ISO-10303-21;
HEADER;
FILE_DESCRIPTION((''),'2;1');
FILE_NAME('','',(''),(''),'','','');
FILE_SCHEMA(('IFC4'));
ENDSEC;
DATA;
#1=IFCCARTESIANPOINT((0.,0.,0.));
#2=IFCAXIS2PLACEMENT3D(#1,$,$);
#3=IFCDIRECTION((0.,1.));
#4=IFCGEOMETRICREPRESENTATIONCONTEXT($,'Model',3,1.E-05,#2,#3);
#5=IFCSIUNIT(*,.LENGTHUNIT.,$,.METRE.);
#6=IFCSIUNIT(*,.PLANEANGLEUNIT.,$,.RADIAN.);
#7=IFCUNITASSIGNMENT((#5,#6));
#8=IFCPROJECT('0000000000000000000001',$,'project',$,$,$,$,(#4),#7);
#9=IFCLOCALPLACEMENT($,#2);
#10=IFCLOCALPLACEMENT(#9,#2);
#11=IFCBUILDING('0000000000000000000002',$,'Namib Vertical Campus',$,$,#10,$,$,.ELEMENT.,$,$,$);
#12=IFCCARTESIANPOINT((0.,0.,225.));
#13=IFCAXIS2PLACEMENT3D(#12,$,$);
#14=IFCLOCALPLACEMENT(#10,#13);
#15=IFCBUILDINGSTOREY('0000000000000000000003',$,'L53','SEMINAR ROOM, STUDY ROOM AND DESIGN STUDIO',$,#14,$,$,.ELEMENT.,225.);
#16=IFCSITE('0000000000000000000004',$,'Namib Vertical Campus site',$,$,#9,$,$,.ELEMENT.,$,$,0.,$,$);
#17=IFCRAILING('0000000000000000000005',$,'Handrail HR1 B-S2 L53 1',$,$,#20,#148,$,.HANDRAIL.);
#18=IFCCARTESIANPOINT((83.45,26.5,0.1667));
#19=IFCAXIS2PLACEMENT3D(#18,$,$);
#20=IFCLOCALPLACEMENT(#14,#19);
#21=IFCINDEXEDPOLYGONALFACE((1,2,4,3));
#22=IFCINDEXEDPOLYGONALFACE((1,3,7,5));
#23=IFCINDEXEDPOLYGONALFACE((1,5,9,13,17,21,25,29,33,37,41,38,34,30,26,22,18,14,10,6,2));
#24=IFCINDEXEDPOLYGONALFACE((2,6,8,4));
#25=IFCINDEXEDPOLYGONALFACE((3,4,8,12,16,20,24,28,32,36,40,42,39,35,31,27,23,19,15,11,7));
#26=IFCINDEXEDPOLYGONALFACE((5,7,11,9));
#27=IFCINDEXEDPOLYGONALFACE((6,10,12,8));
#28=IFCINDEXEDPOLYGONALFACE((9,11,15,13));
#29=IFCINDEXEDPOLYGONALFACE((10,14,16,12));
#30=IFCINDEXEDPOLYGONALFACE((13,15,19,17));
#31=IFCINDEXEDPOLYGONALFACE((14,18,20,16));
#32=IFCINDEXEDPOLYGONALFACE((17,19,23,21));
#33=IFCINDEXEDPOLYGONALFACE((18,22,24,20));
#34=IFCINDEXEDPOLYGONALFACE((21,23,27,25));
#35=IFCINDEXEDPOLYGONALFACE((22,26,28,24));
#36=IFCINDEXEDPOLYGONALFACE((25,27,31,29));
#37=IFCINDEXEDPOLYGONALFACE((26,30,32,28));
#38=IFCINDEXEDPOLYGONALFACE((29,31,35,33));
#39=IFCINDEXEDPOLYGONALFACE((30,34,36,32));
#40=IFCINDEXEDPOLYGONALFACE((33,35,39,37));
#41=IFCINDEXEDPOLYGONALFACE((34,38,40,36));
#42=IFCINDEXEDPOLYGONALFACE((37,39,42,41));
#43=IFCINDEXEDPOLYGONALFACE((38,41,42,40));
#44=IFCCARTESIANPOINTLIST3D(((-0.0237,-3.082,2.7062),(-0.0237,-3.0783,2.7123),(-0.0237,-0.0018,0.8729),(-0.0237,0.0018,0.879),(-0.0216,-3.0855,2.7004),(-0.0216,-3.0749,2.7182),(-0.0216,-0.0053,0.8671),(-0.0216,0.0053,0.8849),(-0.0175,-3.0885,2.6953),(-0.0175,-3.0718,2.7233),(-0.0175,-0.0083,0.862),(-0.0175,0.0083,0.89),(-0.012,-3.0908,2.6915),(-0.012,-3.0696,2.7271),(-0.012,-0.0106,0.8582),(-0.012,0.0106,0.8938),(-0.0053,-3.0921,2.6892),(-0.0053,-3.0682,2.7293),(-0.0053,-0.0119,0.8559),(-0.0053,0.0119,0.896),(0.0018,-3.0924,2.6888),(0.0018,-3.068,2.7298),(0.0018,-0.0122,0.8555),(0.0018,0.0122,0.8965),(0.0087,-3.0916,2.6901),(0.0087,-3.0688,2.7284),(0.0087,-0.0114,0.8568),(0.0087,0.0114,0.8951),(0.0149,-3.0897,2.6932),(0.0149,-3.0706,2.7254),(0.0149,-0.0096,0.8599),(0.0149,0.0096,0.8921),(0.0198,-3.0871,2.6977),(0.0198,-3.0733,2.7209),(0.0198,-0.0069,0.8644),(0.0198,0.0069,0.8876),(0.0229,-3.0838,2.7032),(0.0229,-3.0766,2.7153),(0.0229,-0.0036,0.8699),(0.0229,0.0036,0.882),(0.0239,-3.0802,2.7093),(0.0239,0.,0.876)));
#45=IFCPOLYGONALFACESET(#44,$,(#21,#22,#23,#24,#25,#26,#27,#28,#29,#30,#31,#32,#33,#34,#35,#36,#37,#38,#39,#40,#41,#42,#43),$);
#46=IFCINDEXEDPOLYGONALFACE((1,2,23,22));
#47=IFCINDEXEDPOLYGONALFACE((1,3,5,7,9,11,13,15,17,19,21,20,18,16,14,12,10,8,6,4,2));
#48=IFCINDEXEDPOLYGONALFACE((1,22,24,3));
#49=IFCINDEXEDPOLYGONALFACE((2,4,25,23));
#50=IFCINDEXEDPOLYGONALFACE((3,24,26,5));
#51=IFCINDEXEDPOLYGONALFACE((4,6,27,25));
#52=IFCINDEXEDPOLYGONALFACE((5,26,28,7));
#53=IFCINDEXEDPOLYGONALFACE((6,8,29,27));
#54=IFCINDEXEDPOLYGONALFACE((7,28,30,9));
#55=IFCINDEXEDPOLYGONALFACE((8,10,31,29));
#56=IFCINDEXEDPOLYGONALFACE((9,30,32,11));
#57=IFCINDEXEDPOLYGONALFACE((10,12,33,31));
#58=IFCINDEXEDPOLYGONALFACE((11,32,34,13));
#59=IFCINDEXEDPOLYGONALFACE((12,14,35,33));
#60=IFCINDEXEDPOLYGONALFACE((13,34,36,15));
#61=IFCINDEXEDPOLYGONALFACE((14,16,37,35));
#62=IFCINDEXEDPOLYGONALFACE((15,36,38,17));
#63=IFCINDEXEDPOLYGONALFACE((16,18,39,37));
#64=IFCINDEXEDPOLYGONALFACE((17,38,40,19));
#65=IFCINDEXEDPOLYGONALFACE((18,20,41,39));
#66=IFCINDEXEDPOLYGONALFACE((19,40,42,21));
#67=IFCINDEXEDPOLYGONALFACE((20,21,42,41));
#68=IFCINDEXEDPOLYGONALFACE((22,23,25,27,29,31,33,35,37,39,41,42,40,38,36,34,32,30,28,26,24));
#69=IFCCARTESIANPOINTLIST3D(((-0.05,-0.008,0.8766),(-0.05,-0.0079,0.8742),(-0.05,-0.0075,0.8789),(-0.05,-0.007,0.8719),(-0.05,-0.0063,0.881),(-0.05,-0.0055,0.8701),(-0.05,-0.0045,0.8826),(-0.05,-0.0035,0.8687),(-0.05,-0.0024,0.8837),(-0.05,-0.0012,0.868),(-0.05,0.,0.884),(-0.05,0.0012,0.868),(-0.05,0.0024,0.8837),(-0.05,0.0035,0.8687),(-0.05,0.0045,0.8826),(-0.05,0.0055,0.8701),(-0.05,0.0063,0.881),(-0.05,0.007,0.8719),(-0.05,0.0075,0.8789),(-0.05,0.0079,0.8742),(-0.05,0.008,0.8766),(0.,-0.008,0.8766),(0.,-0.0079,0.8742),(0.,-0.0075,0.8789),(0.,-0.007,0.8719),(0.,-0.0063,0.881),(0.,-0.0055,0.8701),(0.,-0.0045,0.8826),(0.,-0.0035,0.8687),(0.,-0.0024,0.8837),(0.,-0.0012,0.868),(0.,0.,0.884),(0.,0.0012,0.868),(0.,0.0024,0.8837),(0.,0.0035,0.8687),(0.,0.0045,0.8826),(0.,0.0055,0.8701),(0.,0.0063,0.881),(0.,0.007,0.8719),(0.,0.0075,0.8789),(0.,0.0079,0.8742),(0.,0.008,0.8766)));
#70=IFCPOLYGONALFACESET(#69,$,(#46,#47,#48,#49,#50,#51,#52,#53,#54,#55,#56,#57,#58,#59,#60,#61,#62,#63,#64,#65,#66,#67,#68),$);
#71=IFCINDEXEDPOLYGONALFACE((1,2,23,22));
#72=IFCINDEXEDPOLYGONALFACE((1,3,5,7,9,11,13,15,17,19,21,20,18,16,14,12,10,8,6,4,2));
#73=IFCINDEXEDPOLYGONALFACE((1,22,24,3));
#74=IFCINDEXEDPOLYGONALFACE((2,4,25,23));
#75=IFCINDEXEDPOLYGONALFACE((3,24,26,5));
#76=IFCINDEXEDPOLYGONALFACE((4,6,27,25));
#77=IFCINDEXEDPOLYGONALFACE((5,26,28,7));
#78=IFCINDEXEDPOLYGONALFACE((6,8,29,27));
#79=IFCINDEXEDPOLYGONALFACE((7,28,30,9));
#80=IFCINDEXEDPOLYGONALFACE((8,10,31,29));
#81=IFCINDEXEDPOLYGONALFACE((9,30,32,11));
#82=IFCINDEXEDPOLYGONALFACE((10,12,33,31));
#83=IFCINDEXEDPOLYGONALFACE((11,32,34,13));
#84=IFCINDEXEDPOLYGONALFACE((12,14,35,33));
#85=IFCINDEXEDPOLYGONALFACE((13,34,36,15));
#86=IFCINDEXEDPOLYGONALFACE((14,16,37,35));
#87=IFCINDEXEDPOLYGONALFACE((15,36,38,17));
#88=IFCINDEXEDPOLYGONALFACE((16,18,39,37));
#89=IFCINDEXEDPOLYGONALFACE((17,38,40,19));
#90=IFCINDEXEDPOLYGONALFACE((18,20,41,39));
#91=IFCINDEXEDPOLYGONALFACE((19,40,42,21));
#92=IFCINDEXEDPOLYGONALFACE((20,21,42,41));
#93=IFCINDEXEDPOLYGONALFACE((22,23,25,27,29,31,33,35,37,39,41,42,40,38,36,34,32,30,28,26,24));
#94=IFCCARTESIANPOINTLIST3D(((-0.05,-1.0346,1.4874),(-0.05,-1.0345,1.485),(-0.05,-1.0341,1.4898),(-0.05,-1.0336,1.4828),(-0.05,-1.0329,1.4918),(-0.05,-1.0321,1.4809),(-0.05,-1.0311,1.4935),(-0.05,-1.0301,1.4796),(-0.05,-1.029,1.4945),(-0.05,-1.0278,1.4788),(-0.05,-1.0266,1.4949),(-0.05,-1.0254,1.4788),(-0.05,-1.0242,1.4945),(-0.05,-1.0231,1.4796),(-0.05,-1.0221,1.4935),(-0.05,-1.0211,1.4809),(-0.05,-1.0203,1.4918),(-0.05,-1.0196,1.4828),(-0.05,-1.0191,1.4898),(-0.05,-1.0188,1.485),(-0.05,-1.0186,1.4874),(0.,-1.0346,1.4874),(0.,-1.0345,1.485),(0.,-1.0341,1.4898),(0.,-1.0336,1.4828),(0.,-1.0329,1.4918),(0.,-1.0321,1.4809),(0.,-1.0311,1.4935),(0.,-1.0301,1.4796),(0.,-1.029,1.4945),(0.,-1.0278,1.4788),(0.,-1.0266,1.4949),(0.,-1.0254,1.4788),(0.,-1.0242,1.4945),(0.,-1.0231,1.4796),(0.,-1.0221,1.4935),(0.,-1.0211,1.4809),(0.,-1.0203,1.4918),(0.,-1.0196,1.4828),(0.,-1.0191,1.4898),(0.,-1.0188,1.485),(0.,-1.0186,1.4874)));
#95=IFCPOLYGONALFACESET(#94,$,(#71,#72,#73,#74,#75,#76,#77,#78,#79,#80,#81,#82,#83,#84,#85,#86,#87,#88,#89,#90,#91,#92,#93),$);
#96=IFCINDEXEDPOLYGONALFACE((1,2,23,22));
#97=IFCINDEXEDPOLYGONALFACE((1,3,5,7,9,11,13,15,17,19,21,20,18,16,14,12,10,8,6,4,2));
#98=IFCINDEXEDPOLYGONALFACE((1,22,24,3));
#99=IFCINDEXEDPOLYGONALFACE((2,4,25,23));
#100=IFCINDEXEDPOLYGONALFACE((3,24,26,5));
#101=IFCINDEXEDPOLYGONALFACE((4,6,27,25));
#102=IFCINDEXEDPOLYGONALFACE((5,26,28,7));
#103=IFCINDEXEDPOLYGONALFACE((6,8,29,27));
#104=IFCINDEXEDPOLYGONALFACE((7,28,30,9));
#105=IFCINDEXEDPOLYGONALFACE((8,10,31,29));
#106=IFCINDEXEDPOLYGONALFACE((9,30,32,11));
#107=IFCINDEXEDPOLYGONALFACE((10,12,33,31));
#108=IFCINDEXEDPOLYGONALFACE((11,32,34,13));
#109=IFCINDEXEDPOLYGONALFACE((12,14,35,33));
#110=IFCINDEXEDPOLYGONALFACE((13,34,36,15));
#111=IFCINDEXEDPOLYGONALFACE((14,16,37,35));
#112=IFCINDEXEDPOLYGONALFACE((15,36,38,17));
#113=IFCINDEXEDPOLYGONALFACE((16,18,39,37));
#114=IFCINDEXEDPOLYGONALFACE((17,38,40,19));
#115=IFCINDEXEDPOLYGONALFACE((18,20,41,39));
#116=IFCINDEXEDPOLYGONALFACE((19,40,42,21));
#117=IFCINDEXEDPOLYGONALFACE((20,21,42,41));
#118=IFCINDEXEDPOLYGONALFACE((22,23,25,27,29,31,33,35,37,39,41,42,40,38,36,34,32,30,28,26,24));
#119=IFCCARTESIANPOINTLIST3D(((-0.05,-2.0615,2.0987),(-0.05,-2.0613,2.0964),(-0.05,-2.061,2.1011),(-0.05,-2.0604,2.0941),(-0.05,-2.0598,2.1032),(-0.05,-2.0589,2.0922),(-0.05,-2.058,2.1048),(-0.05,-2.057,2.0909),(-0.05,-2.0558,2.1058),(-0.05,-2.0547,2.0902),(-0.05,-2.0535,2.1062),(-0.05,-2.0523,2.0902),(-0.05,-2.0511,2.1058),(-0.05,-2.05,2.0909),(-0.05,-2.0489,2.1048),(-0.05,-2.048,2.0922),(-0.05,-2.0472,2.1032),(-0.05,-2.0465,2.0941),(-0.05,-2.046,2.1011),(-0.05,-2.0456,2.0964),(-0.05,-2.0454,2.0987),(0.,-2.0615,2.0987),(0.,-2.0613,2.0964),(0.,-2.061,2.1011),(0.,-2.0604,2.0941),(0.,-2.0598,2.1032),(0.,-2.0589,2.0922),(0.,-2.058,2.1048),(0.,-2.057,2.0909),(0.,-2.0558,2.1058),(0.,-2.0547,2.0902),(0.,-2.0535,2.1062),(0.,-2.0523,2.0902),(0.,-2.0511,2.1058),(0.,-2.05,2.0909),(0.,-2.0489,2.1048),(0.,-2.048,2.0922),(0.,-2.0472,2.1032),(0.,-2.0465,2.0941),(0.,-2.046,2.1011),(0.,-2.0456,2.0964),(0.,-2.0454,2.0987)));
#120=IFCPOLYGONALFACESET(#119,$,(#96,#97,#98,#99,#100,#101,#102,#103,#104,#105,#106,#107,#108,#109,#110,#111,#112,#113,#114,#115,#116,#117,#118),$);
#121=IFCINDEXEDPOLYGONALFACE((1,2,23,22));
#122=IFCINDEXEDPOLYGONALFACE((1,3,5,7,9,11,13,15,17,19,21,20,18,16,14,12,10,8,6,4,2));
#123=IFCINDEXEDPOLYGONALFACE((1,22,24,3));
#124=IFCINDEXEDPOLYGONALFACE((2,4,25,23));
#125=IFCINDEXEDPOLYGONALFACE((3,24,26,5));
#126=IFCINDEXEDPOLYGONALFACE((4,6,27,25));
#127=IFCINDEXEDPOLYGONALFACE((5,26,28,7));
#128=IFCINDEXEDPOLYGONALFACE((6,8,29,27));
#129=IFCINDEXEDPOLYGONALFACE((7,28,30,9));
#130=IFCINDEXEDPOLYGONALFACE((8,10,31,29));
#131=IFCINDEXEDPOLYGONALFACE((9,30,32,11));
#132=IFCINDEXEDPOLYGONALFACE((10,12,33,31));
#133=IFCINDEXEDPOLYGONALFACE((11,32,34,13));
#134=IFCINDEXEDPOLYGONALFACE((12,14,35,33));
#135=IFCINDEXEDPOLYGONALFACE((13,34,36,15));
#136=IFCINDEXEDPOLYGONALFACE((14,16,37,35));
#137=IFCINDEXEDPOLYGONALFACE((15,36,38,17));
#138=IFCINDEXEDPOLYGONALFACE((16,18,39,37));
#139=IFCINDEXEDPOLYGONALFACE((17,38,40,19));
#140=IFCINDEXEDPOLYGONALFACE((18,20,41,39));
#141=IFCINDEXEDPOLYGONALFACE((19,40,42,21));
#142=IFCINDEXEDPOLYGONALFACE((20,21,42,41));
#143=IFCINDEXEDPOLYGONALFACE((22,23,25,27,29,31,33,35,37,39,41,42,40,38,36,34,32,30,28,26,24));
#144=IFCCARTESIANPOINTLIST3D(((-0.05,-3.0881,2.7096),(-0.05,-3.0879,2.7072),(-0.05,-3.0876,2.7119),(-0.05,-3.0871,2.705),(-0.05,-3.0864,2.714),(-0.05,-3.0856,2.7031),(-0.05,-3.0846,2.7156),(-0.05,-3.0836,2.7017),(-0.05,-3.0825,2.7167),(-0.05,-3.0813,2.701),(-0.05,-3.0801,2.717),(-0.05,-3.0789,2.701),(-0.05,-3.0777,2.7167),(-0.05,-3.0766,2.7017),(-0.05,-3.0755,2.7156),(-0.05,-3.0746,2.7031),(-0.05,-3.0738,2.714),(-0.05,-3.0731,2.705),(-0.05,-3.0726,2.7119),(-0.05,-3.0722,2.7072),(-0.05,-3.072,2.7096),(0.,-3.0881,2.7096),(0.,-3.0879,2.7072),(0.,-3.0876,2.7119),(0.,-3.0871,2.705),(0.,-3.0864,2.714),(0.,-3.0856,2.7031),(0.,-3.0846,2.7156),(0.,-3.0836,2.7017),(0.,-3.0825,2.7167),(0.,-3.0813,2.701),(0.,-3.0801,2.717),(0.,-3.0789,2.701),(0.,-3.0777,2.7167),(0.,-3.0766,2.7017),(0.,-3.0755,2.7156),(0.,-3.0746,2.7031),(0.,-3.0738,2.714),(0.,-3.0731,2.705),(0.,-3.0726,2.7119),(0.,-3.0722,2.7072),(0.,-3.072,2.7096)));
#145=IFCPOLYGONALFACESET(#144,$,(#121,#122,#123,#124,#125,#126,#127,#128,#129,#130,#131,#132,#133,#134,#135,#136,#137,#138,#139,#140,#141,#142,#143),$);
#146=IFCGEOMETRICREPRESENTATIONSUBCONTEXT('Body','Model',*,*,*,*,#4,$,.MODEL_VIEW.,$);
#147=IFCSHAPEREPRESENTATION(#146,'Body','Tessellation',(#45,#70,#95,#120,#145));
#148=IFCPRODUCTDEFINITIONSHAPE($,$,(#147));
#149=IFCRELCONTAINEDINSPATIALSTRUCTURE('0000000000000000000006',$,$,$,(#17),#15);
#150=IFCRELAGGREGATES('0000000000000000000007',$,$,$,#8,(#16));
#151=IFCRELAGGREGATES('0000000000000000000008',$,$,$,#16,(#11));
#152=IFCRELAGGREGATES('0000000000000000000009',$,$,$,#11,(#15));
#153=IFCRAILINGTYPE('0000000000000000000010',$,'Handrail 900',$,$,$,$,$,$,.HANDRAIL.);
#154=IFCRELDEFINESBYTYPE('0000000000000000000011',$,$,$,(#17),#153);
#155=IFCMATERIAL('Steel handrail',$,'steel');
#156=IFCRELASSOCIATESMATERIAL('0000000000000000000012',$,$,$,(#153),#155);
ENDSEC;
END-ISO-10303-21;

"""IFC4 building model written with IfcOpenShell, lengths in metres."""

from ifc_helpers import new_model, si_unit, direction, frame, origin, origin_2d, place, context, subcontext, project, spatial, circle, extrude, material, type_object, element, save


model = new_model("IFC4")

# Units and contexts
model_context = context("Model", 3, precision=1e-05, world=origin(), true_north=direction((0.0, 1.0)))
body_context = subcontext(model_context, "Body", "Model", "MODEL_VIEW")
ifc_project = project(units=[si_unit("LENGTHUNIT", "METRE"), si_unit("PLANEANGLEUNIT", "RADIAN")], contexts=[model_context])

# Site, building, storey
site_placement = place(None, origin())
site = spatial("IfcSite", under=ifc_project, at=site_placement, Name="Namib Vertical Campus site", CompositionType="ELEMENT", RefElevation=0.0)
building_placement = place(site_placement, origin())
building = spatial("IfcBuilding", under=site, at=building_placement, Name="Namib Vertical Campus", CompositionType="ELEMENT")
storey_placement = place(building_placement, frame((0.0, 0.0, 225.0)))
storey = spatial("IfcBuildingStorey", under=building, at=storey_placement, Name="L53", Description="SEMINAR ROOM, STUDY ROOM AND DESIGN STUDIO", CompositionType="ELEMENT", Elevation=225.0)

# Railing
ifc_material_1 = material(Name="Steel handrail", Category="steel")
railing_type_1 = type_object("IfcRailingType", Name="Handrail 900", PredefinedType="HANDRAIL", material=ifc_material_1)
railing_1_placement = place(storey_placement, frame((83.45, 26.5, 0.1667)))
element("IfcRailing", 1, at=railing_1_placement, inside=storey, type_object=railing_type_1, Name="Handrail HR1 B-S2 L53 1", PredefinedType="HANDRAIL", context=body_context, shape_type="SweptSolid", body=[
    extrude(circle(Radius=0.0239, at=origin_2d()), frame((0.0, 0.0, 0.876), z_axis=(0.0, -0.859309, 0.511458), x_axis=(1.0, 0.0, 0.0)), (0.0, 0.0, 1.0), 3.5845),
    extrude(circle(Radius=0.0081, at=origin_2d()), frame((0.0, 0.0, 0.876), z_axis=(-1.0, 0.0, 0.0), x_axis=(0.0, 0.0, 1.0)), (0.0, 0.0, 1.0), 0.05),
    extrude(circle(Radius=0.0081, at=origin_2d()), frame((0.0, -1.0266, 1.4868), z_axis=(-1.0, 0.0, 0.0), x_axis=(0.0, 0.0, 1.0)), (0.0, 0.0, 1.0), 0.05),
    extrude(circle(Radius=0.0081, at=origin_2d()), frame((0.0, -2.0535, 2.0981), z_axis=(-1.0, 0.0, 0.0), x_axis=(0.0, 0.0, 1.0)), (0.0, 0.0, 1.0), 0.05),
    extrude(circle(Radius=0.0081, at=origin_2d()), frame((0.0, -3.0801, 2.709), z_axis=(-1.0, 0.0, 0.0), x_axis=(0.0, 0.0, 1.0)), (0.0, 0.0, 1.0), 0.05),
])

save(model, "model.ifc")
